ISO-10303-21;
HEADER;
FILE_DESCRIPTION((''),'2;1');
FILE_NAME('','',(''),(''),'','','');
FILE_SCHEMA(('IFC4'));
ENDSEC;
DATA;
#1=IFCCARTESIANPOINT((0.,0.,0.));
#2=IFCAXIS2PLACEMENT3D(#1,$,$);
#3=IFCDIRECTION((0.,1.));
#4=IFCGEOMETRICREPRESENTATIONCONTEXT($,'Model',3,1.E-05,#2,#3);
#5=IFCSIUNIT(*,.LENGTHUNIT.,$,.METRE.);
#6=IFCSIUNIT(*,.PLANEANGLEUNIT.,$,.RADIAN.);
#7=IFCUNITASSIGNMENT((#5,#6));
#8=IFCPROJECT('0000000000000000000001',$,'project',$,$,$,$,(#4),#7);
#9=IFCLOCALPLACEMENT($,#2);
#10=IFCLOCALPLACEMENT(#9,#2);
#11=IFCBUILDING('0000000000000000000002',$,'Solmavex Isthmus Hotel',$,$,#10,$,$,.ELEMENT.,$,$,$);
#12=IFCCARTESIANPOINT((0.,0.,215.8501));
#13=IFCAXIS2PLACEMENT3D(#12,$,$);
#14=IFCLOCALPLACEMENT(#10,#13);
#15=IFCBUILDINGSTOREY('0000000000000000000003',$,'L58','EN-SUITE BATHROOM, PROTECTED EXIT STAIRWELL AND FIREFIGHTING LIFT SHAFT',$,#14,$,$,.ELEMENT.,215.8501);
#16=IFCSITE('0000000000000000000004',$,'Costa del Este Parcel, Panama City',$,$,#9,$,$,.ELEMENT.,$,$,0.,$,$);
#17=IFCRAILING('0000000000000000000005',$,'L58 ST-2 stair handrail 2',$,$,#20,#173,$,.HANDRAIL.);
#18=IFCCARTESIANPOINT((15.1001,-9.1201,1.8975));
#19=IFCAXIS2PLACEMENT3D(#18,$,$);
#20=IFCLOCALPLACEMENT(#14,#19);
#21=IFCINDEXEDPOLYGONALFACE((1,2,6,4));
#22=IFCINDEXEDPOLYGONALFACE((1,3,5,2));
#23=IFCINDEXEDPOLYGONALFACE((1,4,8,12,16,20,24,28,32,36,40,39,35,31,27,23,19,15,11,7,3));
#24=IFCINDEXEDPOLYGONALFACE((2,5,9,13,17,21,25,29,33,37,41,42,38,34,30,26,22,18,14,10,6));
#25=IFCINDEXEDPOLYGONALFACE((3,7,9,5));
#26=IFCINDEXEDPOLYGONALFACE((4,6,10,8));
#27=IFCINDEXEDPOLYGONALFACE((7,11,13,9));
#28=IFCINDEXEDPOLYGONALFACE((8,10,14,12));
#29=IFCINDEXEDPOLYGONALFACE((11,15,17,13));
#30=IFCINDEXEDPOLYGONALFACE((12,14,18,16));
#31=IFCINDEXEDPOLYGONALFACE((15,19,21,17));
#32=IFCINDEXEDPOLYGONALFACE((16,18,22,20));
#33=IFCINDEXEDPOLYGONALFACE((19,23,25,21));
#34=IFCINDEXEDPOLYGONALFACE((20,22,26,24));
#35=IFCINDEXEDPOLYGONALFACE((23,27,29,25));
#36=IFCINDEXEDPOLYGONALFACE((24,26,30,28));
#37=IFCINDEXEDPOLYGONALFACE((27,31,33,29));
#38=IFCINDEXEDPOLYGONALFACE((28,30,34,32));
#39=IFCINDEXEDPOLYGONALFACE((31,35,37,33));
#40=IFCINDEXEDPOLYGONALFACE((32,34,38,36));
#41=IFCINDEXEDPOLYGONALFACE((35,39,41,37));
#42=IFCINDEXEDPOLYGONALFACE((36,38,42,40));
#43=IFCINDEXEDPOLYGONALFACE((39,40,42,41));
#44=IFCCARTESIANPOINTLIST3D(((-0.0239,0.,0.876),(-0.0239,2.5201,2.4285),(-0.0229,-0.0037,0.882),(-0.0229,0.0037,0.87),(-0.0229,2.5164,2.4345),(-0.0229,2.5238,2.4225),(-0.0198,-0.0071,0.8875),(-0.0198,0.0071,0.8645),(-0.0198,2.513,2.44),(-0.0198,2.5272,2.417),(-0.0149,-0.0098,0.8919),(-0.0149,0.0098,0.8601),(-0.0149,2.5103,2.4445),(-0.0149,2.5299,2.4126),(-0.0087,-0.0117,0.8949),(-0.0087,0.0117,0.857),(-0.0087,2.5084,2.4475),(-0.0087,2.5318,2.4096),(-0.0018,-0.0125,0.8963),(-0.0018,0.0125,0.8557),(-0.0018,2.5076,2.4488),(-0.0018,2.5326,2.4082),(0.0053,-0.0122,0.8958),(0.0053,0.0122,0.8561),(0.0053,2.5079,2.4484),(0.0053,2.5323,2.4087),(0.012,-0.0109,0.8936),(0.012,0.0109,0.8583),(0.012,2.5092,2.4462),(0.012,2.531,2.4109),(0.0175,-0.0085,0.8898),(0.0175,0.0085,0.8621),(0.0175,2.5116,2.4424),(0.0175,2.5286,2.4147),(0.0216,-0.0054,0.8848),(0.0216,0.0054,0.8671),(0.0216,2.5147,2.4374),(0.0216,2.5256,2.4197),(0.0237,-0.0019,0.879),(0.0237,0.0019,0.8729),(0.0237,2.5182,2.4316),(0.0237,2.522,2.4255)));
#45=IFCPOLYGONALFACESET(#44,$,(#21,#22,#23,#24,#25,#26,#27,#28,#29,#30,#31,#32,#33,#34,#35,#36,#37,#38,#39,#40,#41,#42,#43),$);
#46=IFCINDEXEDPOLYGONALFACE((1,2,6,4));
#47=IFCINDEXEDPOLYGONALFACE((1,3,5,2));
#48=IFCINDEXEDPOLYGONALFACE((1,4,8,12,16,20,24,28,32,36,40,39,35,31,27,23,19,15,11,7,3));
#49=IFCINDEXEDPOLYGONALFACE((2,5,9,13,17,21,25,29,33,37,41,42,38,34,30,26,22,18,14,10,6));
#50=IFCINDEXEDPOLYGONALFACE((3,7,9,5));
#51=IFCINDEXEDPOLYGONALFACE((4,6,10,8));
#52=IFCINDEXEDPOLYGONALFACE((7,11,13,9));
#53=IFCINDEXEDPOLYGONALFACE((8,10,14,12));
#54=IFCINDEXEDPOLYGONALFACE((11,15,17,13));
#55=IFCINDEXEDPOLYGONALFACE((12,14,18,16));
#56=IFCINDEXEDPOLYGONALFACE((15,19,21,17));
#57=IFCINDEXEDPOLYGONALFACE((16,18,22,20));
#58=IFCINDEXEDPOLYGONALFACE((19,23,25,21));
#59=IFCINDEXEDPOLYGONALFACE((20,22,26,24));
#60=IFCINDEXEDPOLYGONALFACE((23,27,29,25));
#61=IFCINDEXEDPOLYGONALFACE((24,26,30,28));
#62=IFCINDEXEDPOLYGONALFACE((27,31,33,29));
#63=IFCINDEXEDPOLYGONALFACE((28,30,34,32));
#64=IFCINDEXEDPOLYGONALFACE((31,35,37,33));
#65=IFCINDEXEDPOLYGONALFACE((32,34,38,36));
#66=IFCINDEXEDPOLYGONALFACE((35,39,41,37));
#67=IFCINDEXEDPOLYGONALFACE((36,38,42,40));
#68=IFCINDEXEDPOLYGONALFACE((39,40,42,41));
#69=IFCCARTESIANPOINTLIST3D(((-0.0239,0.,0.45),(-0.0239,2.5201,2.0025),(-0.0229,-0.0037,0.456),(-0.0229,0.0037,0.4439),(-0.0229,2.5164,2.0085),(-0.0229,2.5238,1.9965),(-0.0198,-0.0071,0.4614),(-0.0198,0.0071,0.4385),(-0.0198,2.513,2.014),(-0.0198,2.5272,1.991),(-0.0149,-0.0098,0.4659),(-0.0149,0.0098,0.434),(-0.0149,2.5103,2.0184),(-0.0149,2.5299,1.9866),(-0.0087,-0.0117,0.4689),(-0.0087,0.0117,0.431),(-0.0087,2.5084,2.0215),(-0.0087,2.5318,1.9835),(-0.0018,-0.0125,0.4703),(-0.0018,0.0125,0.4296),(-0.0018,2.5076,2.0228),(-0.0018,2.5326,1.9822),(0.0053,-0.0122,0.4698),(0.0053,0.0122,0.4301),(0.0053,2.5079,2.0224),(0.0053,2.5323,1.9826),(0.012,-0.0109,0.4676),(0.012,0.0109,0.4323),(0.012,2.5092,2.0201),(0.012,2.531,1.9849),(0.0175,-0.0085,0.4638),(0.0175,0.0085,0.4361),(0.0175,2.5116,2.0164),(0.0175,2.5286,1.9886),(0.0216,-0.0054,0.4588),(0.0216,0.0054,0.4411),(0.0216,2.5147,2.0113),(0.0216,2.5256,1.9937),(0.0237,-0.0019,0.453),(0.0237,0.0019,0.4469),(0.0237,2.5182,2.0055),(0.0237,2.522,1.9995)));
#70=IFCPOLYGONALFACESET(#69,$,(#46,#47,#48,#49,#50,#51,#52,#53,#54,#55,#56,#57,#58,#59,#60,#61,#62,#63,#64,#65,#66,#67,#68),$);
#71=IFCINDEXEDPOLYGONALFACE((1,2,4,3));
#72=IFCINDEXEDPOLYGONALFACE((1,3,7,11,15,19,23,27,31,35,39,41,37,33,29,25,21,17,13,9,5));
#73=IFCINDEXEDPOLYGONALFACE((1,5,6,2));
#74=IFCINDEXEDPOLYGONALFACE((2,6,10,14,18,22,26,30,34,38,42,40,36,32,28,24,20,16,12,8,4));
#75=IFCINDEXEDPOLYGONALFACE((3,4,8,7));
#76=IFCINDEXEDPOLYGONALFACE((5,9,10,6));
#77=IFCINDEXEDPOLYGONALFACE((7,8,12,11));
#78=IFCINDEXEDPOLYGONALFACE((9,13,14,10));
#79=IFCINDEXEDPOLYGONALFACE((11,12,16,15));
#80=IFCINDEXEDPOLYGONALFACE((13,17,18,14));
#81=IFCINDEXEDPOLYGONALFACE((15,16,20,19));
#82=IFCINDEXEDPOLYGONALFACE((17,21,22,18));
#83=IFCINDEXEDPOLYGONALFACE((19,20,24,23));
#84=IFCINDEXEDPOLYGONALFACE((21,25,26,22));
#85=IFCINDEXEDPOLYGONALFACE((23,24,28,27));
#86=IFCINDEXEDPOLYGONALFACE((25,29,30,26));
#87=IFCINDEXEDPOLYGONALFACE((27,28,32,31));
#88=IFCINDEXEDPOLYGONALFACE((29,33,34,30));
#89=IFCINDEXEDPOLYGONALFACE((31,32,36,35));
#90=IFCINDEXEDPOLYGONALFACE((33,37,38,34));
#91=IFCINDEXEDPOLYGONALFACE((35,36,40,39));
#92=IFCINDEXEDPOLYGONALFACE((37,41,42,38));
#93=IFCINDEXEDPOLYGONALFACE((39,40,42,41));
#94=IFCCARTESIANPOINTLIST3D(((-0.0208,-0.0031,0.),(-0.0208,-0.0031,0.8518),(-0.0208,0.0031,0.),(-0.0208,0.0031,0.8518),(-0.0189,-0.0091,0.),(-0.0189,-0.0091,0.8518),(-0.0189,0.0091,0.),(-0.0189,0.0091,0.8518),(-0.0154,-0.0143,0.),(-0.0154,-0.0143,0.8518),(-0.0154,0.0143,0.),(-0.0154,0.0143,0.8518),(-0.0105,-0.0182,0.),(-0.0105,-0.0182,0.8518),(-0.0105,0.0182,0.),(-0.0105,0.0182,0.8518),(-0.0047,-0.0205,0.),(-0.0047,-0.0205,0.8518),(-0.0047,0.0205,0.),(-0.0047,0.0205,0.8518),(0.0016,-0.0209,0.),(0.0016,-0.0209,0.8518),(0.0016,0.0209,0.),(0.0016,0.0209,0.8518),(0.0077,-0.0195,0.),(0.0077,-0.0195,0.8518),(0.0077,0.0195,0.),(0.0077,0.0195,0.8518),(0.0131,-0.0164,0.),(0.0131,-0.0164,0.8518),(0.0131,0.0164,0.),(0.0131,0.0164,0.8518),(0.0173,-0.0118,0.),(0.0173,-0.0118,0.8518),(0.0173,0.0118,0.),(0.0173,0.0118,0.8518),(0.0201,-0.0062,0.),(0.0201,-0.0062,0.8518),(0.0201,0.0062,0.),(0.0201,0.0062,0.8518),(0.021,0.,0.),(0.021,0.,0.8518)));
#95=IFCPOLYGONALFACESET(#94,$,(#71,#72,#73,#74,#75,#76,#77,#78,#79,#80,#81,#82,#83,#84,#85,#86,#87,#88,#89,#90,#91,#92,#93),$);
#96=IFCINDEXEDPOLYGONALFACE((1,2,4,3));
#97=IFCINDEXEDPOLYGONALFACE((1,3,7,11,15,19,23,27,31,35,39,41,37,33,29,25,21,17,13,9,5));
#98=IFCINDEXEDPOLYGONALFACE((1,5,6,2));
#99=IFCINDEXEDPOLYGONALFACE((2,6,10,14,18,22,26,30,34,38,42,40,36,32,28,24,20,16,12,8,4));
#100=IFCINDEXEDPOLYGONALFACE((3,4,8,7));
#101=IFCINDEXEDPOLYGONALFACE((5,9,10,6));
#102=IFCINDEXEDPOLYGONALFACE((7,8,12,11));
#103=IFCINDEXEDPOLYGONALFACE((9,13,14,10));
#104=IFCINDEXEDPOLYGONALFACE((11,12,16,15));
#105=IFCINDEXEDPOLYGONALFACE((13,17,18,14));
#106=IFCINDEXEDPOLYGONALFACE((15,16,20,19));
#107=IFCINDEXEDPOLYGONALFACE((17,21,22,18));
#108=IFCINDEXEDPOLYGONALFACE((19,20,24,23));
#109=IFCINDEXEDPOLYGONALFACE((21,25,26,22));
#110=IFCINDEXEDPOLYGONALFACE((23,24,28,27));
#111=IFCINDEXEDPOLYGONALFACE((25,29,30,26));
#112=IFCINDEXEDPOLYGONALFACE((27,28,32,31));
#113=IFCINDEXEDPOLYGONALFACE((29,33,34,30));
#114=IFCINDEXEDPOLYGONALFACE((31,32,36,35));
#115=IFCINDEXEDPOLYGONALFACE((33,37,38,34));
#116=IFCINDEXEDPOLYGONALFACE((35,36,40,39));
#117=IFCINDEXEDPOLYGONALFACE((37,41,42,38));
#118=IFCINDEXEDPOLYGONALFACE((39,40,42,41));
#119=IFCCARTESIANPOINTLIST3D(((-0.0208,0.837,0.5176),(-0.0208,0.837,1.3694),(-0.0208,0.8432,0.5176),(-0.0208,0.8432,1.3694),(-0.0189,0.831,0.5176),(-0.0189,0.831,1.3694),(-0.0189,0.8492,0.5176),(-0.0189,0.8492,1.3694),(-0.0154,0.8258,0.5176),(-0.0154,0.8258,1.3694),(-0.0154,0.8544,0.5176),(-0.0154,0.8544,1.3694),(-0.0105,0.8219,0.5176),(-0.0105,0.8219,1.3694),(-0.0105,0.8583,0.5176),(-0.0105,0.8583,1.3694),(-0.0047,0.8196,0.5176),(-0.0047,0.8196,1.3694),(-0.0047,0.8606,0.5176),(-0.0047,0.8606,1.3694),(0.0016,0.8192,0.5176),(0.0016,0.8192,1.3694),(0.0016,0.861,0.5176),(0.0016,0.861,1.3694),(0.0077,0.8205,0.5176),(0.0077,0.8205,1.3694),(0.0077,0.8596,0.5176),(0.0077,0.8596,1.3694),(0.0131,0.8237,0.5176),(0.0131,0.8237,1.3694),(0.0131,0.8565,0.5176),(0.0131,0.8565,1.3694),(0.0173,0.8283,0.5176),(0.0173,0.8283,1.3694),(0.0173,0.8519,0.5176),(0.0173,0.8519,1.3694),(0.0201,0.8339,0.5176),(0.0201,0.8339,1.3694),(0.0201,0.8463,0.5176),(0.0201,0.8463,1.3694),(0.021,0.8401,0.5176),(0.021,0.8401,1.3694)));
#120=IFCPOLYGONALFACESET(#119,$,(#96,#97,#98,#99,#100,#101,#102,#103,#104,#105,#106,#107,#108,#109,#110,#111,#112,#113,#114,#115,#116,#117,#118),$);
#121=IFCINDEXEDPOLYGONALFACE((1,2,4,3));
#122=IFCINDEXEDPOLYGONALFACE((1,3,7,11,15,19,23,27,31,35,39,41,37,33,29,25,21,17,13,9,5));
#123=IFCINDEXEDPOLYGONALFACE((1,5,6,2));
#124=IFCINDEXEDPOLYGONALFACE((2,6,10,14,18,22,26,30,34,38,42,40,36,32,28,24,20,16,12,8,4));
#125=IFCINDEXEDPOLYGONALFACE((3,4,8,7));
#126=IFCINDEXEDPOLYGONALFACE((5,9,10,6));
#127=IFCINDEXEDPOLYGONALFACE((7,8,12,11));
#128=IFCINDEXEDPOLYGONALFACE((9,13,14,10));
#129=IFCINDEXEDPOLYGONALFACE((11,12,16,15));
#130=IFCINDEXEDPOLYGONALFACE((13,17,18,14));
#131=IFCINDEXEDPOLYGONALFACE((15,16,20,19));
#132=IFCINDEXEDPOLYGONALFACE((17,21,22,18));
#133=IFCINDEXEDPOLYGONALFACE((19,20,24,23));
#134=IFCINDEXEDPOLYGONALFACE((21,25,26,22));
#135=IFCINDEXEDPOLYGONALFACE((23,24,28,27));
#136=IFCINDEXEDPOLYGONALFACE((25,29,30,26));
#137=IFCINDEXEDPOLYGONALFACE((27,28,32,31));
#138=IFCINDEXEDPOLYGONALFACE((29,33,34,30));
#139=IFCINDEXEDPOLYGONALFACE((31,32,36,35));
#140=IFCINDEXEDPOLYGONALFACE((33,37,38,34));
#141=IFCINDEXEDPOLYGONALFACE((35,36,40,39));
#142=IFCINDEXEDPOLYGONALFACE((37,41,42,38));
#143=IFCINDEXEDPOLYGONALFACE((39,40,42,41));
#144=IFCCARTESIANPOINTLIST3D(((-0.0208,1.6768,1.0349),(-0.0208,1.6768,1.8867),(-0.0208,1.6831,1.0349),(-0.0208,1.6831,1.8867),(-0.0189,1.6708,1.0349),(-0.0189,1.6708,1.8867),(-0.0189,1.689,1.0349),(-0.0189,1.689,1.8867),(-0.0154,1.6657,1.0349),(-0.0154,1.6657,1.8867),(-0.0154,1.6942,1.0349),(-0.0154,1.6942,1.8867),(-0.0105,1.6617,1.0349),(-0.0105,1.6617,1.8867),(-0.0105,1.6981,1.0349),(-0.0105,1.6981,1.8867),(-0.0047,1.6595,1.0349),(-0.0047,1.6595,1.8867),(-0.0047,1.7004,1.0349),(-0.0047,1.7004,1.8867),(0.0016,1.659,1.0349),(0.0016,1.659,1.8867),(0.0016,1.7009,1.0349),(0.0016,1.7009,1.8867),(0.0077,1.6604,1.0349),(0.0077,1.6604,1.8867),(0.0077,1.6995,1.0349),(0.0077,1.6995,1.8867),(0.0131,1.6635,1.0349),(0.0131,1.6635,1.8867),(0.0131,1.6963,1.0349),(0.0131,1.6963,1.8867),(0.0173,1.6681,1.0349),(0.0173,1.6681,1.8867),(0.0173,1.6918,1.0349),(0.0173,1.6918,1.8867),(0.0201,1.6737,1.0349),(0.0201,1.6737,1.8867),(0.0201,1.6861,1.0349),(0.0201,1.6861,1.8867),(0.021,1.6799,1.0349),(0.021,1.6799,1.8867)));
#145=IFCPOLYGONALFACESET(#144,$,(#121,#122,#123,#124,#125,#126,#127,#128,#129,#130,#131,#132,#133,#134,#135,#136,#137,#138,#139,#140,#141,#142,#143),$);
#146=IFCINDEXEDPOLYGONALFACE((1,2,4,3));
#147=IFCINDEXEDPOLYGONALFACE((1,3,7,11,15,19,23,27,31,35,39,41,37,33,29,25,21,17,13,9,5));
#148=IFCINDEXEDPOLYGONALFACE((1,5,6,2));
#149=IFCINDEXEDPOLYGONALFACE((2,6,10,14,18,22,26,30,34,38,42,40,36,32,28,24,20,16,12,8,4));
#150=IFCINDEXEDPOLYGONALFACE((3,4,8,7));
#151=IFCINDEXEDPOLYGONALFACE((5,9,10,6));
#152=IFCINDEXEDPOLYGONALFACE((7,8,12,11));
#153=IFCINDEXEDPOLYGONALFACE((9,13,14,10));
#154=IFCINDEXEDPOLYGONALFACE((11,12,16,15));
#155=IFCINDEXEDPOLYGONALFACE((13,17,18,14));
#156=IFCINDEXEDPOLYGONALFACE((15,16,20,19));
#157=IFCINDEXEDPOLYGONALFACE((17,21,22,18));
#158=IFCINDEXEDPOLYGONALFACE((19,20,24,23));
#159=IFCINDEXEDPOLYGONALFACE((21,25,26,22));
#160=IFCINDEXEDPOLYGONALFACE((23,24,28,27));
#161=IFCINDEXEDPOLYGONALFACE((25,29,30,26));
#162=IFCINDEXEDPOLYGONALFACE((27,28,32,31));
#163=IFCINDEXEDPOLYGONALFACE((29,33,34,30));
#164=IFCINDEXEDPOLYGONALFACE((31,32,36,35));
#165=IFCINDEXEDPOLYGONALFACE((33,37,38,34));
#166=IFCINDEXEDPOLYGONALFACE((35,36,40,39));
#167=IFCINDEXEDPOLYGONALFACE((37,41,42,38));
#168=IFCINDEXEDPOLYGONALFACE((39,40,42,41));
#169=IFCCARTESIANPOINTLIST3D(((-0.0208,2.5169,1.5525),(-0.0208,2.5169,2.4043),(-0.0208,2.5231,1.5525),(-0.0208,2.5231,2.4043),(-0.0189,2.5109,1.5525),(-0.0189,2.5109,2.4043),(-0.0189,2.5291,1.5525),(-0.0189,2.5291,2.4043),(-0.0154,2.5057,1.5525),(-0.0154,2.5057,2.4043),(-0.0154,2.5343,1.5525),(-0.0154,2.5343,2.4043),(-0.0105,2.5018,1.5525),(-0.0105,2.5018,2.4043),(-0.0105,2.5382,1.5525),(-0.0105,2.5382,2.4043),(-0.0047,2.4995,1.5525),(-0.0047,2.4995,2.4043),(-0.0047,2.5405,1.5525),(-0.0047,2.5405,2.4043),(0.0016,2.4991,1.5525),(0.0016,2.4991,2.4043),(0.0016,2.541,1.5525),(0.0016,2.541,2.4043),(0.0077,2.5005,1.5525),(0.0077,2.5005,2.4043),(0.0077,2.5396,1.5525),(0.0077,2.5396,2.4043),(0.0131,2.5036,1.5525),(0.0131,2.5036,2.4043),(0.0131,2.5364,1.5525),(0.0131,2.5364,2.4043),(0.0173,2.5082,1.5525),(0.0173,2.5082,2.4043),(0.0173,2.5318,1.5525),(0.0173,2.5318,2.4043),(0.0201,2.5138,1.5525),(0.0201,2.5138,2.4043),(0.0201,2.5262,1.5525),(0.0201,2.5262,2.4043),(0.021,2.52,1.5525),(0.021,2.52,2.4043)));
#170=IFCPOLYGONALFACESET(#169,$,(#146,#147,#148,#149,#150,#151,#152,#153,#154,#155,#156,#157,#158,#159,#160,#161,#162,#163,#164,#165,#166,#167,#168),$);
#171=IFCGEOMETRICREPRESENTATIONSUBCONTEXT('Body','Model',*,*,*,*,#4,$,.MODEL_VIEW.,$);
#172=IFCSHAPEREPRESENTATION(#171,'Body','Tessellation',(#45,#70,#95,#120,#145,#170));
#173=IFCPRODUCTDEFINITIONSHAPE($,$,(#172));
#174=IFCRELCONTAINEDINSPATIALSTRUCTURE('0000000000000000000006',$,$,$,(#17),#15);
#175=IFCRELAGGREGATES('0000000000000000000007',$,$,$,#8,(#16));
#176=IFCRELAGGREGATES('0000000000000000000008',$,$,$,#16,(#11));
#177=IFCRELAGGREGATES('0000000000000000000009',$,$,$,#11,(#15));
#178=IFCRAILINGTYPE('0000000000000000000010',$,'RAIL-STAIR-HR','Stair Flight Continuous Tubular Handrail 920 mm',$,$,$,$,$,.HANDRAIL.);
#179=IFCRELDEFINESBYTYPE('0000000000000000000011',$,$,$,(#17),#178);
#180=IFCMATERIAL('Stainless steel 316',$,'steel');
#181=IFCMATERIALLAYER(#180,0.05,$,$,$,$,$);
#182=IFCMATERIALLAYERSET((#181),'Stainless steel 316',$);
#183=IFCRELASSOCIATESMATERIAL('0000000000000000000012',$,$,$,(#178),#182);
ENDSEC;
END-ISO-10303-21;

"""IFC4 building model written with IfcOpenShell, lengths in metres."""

from ifc_helpers import new_model, si_unit, direction, frame, origin, origin_2d, place, context, subcontext, project, spatial, circle, extrude, material, layer, layer_set, type_object, element, save


model = new_model("IFC4")

# Units and contexts
model_context = context("Model", 3, precision=1e-05, world=origin(), true_north=direction((0.0, 1.0)))
body_context = subcontext(model_context, "Body", "Model", "MODEL_VIEW")
ifc_project = project(units=[si_unit("LENGTHUNIT", "METRE"), si_unit("PLANEANGLEUNIT", "RADIAN")], contexts=[model_context])

# Site, building, storey
site_placement = place(None, origin())
site = spatial("IfcSite", under=ifc_project, at=site_placement, Name="Costa del Este Parcel, Panama City", CompositionType="ELEMENT", RefElevation=0.0)
building_placement = place(site_placement, origin())
building = spatial("IfcBuilding", under=site, at=building_placement, Name="Solmavex Isthmus Hotel", CompositionType="ELEMENT")
storey_placement = place(building_placement, frame((0.0, 0.0, 215.8501)))
storey = spatial("IfcBuildingStorey", under=building, at=storey_placement, Name="L58", Description="EN-SUITE BATHROOM, PROTECTED EXIT STAIRWELL AND FIREFIGHTING LIFT SHAFT", CompositionType="ELEMENT", Elevation=215.8501)

# Railing
ifc_material_1 = material(Name="Stainless steel 316", Category="steel")
ifc_layer_1 = layer(ifc_material_1, 0.05)
ifc_layer_set_1 = layer_set([ifc_layer_1], Name="Stainless steel 316")
railing_type_1 = type_object("IfcRailingType", Name="RAIL-STAIR-HR", Description="Stair Flight Continuous Tubular Handrail 920 mm", PredefinedType="HANDRAIL", material=ifc_layer_set_1)
railing_1_placement = place(storey_placement, frame((15.1001, -9.1201, 1.8975)))
element("IfcRailing", 1, at=railing_1_placement, inside=storey, type_object=railing_type_1, Name="L58 ST-2 stair handrail 2", PredefinedType="HANDRAIL", context=body_context, shape_type="SweptSolid", body=[
    extrude(circle(Radius=0.0239, at=origin_2d()), frame((0.0, 0.0, 0.876), z_axis=(0.0, 0.8514, 0.524516), x_axis=(-1.0, 0.0, 0.0)), (0.0, 0.0, 1.0), 2.96),
    extrude(circle(Radius=0.0239, at=origin_2d()), frame((0.0, 0.0, 0.45), z_axis=(0.0, 0.8514, 0.524516), x_axis=(-1.0, 0.0, 0.0)), (0.0, 0.0, 1.0), 2.96),
    extrude(circle(Radius=0.021, at=origin_2d()), origin(), (0.0, 0.0, 1.0), 0.8518),
    extrude(circle(Radius=0.021, at=origin_2d()), frame((0.0, 0.8401, 0.5176)), (0.0, 0.0, 1.0), 0.8518),
    extrude(circle(Radius=0.021, at=origin_2d()), frame((0.0, 1.6799, 1.0349)), (0.0, 0.0, 1.0), 0.8518),
    extrude(circle(Radius=0.021, at=origin_2d()), frame((0.0, 2.52, 1.5525)), (0.0, 0.0, 1.0), 0.8518),
])

save(model, "model.ifc")
